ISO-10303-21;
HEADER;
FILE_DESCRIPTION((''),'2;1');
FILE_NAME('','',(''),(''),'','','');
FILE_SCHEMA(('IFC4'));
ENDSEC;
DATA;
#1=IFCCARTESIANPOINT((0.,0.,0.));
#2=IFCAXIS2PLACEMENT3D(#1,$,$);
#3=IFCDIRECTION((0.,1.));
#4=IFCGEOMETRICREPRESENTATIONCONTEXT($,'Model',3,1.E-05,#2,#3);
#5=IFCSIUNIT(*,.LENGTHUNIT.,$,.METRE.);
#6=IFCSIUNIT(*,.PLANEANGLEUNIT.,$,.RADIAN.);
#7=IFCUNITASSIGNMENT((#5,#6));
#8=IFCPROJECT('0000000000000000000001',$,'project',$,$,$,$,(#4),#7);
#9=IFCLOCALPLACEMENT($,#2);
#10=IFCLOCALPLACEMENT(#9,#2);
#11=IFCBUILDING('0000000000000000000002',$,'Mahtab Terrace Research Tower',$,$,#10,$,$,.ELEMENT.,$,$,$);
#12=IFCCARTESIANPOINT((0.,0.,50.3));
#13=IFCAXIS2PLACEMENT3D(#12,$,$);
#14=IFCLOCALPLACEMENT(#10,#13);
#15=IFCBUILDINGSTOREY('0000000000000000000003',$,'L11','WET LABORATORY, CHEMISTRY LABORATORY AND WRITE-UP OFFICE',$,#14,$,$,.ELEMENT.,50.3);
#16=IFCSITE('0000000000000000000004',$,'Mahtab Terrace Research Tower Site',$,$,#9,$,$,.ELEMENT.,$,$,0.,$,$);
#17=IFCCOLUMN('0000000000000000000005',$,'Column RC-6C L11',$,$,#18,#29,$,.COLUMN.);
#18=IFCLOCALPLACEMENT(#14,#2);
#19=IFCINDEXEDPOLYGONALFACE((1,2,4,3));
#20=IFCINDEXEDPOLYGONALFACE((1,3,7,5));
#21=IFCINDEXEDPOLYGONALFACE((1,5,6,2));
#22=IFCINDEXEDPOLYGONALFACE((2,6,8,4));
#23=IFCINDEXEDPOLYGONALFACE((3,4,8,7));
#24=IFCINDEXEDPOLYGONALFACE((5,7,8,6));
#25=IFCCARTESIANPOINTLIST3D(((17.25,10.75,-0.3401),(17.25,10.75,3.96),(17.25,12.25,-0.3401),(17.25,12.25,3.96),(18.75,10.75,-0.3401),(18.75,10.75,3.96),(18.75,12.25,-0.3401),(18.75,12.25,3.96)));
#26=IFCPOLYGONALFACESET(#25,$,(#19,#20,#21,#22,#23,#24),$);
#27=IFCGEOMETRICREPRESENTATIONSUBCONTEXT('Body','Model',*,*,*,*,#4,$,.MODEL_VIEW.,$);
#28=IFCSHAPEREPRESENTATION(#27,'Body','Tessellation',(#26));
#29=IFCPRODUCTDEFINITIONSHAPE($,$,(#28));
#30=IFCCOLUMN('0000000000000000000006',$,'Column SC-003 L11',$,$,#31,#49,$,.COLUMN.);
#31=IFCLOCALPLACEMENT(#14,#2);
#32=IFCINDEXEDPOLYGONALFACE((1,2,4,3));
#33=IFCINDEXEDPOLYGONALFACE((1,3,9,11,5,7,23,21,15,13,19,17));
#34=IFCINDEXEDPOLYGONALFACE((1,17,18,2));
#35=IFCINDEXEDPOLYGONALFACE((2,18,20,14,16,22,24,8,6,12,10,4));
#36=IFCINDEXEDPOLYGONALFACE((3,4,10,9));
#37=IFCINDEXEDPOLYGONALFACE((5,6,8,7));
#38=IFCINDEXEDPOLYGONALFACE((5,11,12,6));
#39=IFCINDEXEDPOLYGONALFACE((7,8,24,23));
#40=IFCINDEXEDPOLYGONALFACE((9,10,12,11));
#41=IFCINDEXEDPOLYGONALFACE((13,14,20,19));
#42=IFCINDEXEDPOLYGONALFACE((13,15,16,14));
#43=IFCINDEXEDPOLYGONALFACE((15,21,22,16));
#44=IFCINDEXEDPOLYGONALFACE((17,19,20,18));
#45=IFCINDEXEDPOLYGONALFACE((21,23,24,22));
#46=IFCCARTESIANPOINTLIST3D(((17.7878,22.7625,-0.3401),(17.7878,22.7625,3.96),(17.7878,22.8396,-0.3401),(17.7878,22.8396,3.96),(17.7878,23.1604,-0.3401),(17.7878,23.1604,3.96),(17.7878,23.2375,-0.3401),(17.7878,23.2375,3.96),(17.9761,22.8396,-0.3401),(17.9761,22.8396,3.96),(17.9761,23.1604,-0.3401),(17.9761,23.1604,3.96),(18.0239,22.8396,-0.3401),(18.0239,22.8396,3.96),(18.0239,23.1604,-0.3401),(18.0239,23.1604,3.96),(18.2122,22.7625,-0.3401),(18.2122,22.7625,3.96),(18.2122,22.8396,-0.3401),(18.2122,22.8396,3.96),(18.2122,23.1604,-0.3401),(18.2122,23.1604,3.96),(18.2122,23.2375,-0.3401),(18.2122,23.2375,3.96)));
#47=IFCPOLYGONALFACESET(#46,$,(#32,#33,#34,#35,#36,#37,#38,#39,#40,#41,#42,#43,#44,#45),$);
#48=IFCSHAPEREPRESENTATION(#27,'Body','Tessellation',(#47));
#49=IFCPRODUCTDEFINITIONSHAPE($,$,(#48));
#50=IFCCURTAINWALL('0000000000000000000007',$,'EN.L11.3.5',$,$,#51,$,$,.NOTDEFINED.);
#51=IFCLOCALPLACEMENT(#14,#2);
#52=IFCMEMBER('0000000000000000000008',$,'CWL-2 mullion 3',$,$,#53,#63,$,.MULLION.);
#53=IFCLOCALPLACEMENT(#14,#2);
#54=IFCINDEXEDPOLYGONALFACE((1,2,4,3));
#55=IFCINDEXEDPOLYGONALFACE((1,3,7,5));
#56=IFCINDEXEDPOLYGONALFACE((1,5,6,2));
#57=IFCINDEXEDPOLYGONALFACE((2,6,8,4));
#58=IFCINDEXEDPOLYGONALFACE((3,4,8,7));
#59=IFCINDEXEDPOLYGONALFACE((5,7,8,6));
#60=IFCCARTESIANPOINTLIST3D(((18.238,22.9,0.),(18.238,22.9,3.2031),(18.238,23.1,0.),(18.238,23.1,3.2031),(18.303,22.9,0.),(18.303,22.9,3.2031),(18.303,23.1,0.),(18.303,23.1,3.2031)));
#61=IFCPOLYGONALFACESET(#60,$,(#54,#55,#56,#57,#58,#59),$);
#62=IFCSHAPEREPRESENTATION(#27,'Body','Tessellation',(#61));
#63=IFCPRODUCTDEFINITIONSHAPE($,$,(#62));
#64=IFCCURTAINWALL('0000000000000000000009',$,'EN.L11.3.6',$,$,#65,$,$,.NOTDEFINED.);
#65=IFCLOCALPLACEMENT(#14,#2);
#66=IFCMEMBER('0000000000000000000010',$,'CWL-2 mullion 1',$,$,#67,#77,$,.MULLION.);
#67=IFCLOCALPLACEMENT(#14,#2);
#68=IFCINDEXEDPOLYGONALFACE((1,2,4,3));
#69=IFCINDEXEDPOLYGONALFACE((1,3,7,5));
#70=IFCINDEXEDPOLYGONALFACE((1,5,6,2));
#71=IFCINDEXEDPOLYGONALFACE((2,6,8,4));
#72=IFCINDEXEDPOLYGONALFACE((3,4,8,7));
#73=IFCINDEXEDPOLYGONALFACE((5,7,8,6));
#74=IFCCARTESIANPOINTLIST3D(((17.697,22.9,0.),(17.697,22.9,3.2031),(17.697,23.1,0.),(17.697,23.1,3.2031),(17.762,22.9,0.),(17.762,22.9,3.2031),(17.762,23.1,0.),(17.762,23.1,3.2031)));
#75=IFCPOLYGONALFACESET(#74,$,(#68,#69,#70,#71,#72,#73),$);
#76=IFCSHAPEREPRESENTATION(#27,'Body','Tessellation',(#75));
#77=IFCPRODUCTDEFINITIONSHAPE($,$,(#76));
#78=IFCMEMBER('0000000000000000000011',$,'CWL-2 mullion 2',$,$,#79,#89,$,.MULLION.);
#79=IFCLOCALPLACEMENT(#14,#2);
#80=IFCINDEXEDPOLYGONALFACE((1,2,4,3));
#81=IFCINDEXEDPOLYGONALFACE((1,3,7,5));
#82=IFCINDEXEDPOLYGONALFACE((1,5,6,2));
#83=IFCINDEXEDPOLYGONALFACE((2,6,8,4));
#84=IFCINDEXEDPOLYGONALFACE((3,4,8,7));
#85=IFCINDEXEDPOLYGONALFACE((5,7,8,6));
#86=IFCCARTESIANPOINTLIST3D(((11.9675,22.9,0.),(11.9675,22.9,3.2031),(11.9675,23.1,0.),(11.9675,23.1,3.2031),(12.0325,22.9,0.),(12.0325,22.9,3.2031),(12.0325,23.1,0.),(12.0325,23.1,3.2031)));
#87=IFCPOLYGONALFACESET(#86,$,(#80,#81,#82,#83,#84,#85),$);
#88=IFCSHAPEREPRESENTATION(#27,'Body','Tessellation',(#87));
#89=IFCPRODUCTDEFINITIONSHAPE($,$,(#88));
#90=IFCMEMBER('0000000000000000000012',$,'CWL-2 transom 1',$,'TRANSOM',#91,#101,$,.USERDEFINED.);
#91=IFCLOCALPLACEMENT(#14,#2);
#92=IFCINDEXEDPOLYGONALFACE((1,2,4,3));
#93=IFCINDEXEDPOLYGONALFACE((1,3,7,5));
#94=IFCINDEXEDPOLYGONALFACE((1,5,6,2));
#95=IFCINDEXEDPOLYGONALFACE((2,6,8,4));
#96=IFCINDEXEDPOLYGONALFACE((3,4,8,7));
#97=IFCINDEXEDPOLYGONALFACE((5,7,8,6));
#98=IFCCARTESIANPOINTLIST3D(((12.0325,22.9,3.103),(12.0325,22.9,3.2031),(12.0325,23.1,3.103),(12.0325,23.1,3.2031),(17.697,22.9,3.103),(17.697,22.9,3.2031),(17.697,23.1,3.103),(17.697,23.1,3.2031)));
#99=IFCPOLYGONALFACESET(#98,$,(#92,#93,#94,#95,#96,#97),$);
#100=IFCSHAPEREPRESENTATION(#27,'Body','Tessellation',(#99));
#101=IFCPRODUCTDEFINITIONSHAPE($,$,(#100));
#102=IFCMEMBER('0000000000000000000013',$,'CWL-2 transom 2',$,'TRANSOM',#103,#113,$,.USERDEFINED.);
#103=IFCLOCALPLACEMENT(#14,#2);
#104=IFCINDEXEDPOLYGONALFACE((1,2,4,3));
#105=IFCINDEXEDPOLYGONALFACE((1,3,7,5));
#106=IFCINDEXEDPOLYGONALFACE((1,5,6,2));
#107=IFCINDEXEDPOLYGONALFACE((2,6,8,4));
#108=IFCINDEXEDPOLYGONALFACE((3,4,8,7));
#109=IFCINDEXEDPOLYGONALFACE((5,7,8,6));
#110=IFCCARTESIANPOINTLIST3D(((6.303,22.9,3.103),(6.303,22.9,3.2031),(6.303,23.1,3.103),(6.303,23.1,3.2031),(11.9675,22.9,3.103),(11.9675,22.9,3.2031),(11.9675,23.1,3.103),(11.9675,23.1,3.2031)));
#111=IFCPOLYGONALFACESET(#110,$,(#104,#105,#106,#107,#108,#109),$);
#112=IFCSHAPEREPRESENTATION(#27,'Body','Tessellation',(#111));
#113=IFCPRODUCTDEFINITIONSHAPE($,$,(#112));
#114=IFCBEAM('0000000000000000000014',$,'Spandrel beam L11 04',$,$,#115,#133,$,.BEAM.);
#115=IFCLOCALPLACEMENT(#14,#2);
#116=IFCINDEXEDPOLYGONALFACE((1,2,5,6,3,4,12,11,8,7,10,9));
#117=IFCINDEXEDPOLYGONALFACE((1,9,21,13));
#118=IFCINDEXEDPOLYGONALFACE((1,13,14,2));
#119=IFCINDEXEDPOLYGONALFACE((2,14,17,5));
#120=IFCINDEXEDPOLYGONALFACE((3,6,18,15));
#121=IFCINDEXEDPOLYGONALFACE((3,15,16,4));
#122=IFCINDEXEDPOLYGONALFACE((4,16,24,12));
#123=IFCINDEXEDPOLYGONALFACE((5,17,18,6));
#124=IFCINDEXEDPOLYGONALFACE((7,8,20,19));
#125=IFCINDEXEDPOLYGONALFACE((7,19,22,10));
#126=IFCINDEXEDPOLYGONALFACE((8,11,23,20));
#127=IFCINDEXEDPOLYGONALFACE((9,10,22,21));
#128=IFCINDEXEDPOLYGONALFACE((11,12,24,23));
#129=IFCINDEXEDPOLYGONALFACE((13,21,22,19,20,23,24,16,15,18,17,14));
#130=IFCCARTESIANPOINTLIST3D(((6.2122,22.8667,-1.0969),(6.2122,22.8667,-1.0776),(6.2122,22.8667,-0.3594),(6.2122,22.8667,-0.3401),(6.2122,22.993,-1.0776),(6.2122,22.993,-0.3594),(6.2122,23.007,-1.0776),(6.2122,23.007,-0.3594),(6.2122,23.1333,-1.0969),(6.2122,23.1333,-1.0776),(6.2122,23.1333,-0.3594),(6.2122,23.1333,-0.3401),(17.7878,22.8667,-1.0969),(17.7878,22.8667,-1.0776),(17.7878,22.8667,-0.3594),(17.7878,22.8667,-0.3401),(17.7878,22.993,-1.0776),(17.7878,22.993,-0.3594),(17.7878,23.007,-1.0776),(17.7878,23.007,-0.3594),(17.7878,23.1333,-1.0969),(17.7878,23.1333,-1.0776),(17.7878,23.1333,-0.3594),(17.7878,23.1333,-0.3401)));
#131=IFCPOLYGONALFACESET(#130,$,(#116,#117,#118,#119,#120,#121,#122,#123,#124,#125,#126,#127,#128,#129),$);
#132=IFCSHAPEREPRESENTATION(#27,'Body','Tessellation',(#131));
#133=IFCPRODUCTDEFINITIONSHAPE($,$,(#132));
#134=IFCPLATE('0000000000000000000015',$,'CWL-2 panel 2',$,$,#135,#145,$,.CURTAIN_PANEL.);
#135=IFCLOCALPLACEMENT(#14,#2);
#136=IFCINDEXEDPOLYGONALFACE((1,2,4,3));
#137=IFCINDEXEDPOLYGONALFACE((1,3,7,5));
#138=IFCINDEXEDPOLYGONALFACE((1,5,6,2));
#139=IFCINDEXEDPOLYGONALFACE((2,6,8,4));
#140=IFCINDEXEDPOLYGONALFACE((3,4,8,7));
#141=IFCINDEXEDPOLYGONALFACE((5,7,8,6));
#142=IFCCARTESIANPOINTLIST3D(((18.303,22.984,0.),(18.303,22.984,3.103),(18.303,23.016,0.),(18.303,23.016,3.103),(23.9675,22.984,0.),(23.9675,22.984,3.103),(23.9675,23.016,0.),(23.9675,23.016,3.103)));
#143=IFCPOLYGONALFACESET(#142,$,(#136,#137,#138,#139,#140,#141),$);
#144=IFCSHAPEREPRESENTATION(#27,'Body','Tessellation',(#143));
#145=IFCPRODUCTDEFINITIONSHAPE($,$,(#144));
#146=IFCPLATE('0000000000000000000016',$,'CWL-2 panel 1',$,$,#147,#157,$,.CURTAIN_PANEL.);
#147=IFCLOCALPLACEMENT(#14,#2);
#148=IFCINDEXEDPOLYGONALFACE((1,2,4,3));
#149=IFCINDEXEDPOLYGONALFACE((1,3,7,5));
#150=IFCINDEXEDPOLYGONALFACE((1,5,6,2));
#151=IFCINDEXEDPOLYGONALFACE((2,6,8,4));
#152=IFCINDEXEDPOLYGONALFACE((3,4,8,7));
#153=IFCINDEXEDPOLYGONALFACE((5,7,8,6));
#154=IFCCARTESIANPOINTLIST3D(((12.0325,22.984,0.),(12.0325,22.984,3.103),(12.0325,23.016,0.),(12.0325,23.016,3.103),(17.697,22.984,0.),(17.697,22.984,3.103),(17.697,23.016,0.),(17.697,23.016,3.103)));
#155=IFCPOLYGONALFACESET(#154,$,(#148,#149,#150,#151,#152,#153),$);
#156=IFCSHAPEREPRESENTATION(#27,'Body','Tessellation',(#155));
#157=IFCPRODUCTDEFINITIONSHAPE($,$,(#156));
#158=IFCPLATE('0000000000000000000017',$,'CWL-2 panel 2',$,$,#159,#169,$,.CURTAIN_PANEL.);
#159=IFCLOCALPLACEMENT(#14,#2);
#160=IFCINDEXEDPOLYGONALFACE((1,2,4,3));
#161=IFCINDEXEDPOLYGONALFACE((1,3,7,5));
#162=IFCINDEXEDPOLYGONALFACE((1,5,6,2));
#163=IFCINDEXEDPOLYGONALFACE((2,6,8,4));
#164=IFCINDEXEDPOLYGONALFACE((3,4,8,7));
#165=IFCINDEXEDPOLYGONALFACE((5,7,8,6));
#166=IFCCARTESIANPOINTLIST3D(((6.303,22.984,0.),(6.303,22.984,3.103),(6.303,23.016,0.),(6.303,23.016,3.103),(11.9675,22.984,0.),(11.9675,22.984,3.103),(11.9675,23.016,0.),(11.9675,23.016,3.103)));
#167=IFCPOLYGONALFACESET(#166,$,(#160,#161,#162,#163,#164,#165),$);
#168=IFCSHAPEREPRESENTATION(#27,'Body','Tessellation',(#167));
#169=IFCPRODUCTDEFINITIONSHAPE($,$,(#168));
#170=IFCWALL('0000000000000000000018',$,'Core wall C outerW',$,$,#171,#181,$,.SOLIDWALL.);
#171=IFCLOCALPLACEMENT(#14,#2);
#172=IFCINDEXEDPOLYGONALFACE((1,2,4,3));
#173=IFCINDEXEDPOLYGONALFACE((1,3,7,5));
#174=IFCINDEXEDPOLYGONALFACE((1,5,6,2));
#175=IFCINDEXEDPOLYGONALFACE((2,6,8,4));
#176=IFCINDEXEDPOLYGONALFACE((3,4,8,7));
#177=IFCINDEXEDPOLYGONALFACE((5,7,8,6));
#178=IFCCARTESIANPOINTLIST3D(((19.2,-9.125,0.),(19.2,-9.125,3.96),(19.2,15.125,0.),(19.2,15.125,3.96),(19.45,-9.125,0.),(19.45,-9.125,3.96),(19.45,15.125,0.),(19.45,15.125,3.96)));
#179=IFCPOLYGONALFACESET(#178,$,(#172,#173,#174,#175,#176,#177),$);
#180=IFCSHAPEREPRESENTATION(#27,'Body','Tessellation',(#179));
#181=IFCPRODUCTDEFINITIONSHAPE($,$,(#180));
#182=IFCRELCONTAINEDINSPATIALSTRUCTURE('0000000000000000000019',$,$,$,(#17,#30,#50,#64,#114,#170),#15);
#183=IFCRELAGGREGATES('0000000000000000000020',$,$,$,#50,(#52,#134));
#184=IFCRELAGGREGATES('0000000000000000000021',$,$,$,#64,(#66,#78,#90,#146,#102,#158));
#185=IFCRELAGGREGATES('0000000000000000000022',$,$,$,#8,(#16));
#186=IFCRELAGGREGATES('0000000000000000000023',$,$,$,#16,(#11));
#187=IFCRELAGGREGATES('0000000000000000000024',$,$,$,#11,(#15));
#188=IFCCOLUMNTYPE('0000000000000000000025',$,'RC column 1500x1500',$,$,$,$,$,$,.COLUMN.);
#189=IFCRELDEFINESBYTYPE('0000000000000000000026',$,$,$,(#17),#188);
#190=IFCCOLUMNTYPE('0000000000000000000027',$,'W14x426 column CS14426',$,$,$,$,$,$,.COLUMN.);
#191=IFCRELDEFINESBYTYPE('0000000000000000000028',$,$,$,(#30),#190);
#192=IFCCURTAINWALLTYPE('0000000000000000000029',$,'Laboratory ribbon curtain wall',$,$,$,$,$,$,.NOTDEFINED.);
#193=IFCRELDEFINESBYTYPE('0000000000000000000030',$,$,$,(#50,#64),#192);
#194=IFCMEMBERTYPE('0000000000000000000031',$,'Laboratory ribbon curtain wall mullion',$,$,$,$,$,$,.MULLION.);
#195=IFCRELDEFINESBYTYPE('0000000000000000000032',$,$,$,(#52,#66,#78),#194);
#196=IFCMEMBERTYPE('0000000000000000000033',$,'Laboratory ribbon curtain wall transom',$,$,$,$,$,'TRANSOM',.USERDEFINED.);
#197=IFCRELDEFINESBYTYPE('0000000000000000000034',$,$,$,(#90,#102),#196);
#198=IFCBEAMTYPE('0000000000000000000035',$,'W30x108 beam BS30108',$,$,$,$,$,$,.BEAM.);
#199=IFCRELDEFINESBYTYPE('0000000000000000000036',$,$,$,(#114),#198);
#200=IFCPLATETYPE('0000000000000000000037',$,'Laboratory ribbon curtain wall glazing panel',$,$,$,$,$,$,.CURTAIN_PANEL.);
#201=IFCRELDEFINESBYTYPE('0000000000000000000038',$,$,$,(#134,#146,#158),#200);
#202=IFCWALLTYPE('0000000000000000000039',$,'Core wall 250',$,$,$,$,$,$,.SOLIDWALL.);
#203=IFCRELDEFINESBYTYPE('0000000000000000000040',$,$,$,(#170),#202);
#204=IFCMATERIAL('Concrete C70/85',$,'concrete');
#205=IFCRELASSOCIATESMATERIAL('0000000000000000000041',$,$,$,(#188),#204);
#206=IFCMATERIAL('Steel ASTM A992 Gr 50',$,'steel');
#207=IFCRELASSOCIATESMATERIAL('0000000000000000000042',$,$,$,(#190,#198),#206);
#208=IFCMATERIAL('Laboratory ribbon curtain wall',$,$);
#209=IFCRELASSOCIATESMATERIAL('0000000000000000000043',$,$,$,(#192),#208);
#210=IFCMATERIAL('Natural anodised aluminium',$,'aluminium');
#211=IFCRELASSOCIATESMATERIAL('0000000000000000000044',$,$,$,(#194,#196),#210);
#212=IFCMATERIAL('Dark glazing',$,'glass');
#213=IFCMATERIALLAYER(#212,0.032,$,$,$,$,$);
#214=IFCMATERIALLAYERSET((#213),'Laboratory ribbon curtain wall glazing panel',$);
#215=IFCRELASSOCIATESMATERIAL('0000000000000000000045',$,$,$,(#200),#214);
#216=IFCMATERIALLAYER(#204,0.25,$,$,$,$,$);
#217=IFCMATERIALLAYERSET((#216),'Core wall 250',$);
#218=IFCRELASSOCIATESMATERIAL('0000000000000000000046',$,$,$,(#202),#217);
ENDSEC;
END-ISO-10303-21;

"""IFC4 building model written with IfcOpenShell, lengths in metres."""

from ifc_helpers import new_model, si_unit, direction, frame, frame_2d, origin, origin_2d, place, context, subcontext, project, spatial, rectangle, i_section, extrude, material, layer, layer_set, material_profile, profile_set, type_object, element, aggregate, save


model = new_model("IFC4")

# Units and contexts
model_context = context("Model", 3, precision=1e-05, world=origin(), true_north=direction((0.0, 1.0)))
body_context = subcontext(model_context, "Body", "Model", "MODEL_VIEW")
ifc_project = project(units=[si_unit("LENGTHUNIT", "METRE"), si_unit("PLANEANGLEUNIT", "RADIAN")], contexts=[model_context])

# Site, building, storey
site_placement = place(None, origin())
site = spatial("IfcSite", under=ifc_project, at=site_placement, Name="Mahtab Terrace Research Tower Site", CompositionType="ELEMENT", RefElevation=0.0)
building_placement = place(site_placement, origin())
building = spatial("IfcBuilding", under=site, at=building_placement, Name="Mahtab Terrace Research Tower", CompositionType="ELEMENT")
storey_placement = place(building_placement, frame((0.0, 0.0, 50.3)))
storey = spatial("IfcBuildingStorey", under=building, at=storey_placement, Name="L11", Description="WET LABORATORY, CHEMISTRY LABORATORY AND WRITE-UP OFFICE", CompositionType="ELEMENT", Elevation=50.3)

# Columns
ifc_material_1 = material(Name="Concrete C70/85", Category="concrete")
ifc_material_profile_1 = material_profile(ifc_material_1, rectangle(XDim=1.5, YDim=1.5, at=origin_2d()), Name="RC column 1500x1500")
ifc_profile_set_1 = profile_set([ifc_material_profile_1], Name="Concrete C70/85")
column_type_1 = type_object("IfcColumnType", Name="RC column 1500x1500", PredefinedType="COLUMN", material=ifc_profile_set_1)
column_1_placement = place(storey_placement, frame((18.0, 11.5, -0.3401), z_axis=(0.0, 0.0, 1.0), x_axis=(1.0, 0.0, 0.0)))
element("IfcColumn", 1, at=column_1_placement, inside=storey, type_object=column_type_1, Name="Column RC-6C L11", PredefinedType="COLUMN", context=body_context, shape_type="SweptSolid", body=[
    extrude(rectangle(XDim=1.5, YDim=1.5, at=origin_2d()), origin(), (0.0, 0.0, 1.0), 4.3),
])
ifc_material_2 = material(Name="Steel ASTM A992 Gr 50", Category="steel")
ifc_material_profile_2 = material_profile(ifc_material_2, i_section(OverallWidth=0.4243, OverallDepth=0.4751, WebThickness=0.0479, FlangeThickness=0.0771, at=origin_2d()), Name="W14X426")
ifc_profile_set_2 = profile_set([ifc_material_profile_2], Name="Steel ASTM A992 Gr 50")
column_type_2 = type_object("IfcColumnType", Name="W14x426 column CS14426", PredefinedType="COLUMN", material=ifc_profile_set_2)
column_2_placement = place(storey_placement, frame((18.0, 23.0, -0.3401), z_axis=(0.0, 0.0, 1.0), x_axis=(1.0, 0.0, 0.0)))
element("IfcColumn", 2, at=column_2_placement, inside=storey, type_object=column_type_2, Name="Column SC-003 L11", PredefinedType="COLUMN", context=body_context, shape_type="SweptSolid", body=[
    extrude(i_section(OverallWidth=0.4243, OverallDepth=0.4751, WebThickness=0.0479, FlangeThickness=0.0771, at=origin_2d()), origin(), (0.0, 0.0, 1.0), 4.3),
])

# Curtain wall, member
ifc_material_3 = material(Name="Laboratory ribbon curtain wall")
curtain_wall_type = type_object("IfcCurtainWallType", Name="Laboratory ribbon curtain wall", PredefinedType="NOTDEFINED", material=ifc_material_3)
curtain_wall_1_placement = place(storey_placement, origin())
curtain_wall_1 = element("IfcCurtainWall", 3, at=curtain_wall_1_placement, inside=storey, type_object=curtain_wall_type, Name="EN.L11.3.5", PredefinedType="NOTDEFINED")
ifc_material_4 = material(Name="Natural anodised aluminium", Category="aluminium")
ifc_material_profile_3 = material_profile(ifc_material_4, rectangle(XDim=0.2, YDim=0.0649, at=origin_2d()), Name="MULLION 65x200")
ifc_profile_set_3 = profile_set([ifc_material_profile_3], Name="Natural anodised aluminium")
member_type_1 = type_object("IfcMemberType", Name="Laboratory ribbon curtain wall mullion", PredefinedType="MULLION", material=ifc_profile_set_3)
member_1_placement = place(storey_placement, frame((18.2705, 23.0, 0.0), z_axis=(0.0, 0.0, 1.0), x_axis=(0.0, -1.0, 0.0)))
member_1 = element("IfcMember", 4, at=member_1_placement, type_object=member_type_1, Name="CWL-2 mullion 3", PredefinedType="MULLION", context=body_context, shape_type="SweptSolid", body=[
    extrude(rectangle(XDim=0.2, YDim=0.0649, at=origin_2d()), origin(), (0.0, 0.0, 1.0), 3.2031),
])

# Curtain wall, members
curtain_wall_2_placement = place(storey_placement, origin())
curtain_wall_2 = element("IfcCurtainWall", 5, at=curtain_wall_2_placement, inside=storey, type_object=curtain_wall_type, Name="EN.L11.3.6", PredefinedType="NOTDEFINED")
member_2_placement = place(storey_placement, frame((17.7295, 23.0, 0.0), z_axis=(0.0, 0.0, 1.0), x_axis=(0.0, -1.0, 0.0)))
member_2 = element("IfcMember", 6, at=member_2_placement, type_object=member_type_1, Name="CWL-2 mullion 1", PredefinedType="MULLION", context=body_context, shape_type="SweptSolid", body=[
    extrude(rectangle(XDim=0.2, YDim=0.0649, at=origin_2d()), origin(), (0.0, 0.0, 1.0), 3.2031),
])
member_3_placement = place(storey_placement, frame((12.0, 23.0, 0.0), z_axis=(0.0, 0.0, 1.0), x_axis=(0.0, -1.0, 0.0)))
member_3 = element("IfcMember", 7, at=member_3_placement, type_object=member_type_1, Name="CWL-2 mullion 2", PredefinedType="MULLION", context=body_context, shape_type="SweptSolid", body=[
    extrude(rectangle(XDim=0.2, YDim=0.0649, at=origin_2d()), origin(), (0.0, 0.0, 1.0), 3.2031),
])
ifc_material_profile_4 = material_profile(ifc_material_4, rectangle(XDim=0.2, YDim=0.1001, at=origin_2d()), Name="TRANSOM 100x200")
ifc_profile_set_4 = profile_set([ifc_material_profile_4], Name="Natural anodised aluminium")
member_type_2 = type_object("IfcMemberType", Name="Laboratory ribbon curtain wall transom", ElementType="TRANSOM", PredefinedType="USERDEFINED", material=ifc_profile_set_4)
member_4_placement = place(storey_placement, frame((17.697, 23.0, 3.1531), z_axis=(-1.0, 0.0, 0.0), x_axis=(0.0, -1.0, 0.0)))
member_4 = element("IfcMember", 8, at=member_4_placement, type_object=member_type_2, Name="CWL-2 transom 1", ObjectType="TRANSOM", PredefinedType="USERDEFINED", context=body_context, shape_type="SweptSolid", body=[
    extrude(rectangle(XDim=0.2, YDim=0.1001, at=origin_2d()), origin(), (0.0, 0.0, 1.0), 5.6646),
])
member_5_placement = place(storey_placement, frame((11.9675, 23.0, 3.1531), z_axis=(-1.0, 0.0, 0.0), x_axis=(0.0, -1.0, 0.0)))
member_5 = element("IfcMember", 9, at=member_5_placement, type_object=member_type_2, Name="CWL-2 transom 2", ObjectType="TRANSOM", PredefinedType="USERDEFINED", context=body_context, shape_type="SweptSolid", body=[
    extrude(rectangle(XDim=0.2, YDim=0.1001, at=origin_2d()), origin(), (0.0, 0.0, 1.0), 5.6646),
])

# Beam
ifc_material_profile_5 = material_profile(ifc_material_2, i_section(OverallWidth=0.2666, OverallDepth=0.7568, WebThickness=0.0139, FlangeThickness=0.0193, at=origin_2d()), Name="W30X108")
ifc_profile_set_5 = profile_set([ifc_material_profile_5], Name="Steel ASTM A992 Gr 50")
beam_type = type_object("IfcBeamType", Name="W30x108 beam BS30108", PredefinedType="BEAM", material=ifc_profile_set_5)
beam_placement = place(storey_placement, frame((17.7878, 23.0, -0.7185), z_axis=(-1.0, 0.0, 0.0), x_axis=(0.0, -1.0, 0.0)))
element("IfcBeam", 10, at=beam_placement, inside=storey, type_object=beam_type, Name="Spandrel beam L11 04", PredefinedType="BEAM", context=body_context, shape_type="SweptSolid", body=[
    extrude(i_section(OverallWidth=0.2666, OverallDepth=0.7568, WebThickness=0.0139, FlangeThickness=0.0193, at=origin_2d()), origin(), (0.0, 0.0, 1.0), 11.5757),
])

# Plates
ifc_material_5 = material(Name="Dark glazing", Category="glass")
ifc_layer_1 = layer(ifc_material_5, 0.032)
ifc_layer_set_1 = layer_set([ifc_layer_1], Name="Laboratory ribbon curtain wall glazing panel")
plate_type = type_object("IfcPlateType", Name="Laboratory ribbon curtain wall glazing panel", PredefinedType="CURTAIN_PANEL", material=ifc_layer_set_1)
plate_1_placement = place(storey_placement, frame((21.1353, 23.0, 0.0), z_axis=(0.0, 0.0, 1.0), x_axis=(-1.0, 0.0, 0.0)))
plate_1 = element("IfcPlate", 11, at=plate_1_placement, type_object=plate_type, Name="CWL-2 panel 2", PredefinedType="CURTAIN_PANEL", context=body_context, shape_type="SweptSolid", body=[
    extrude(rectangle(XDim=5.6646, YDim=0.032, at=origin_2d()), origin(), (0.0, 0.0, 1.0), 3.103),
])
aggregate(curtain_wall_1, [member_1, plate_1])
plate_2_placement = place(storey_placement, frame((14.8647, 23.0, 0.0), z_axis=(0.0, 0.0, 1.0), x_axis=(-1.0, 0.0, 0.0)))
plate_2 = element("IfcPlate", 12, at=plate_2_placement, type_object=plate_type, Name="CWL-2 panel 1", PredefinedType="CURTAIN_PANEL", context=body_context, shape_type="SweptSolid", body=[
    extrude(rectangle(XDim=5.6646, YDim=0.032, at=origin_2d()), origin(), (0.0, 0.0, 1.0), 3.103),
])
plate_3_placement = place(storey_placement, frame((9.1353, 23.0, 0.0), z_axis=(0.0, 0.0, 1.0), x_axis=(-1.0, 0.0, 0.0)))
plate_3 = element("IfcPlate", 13, at=plate_3_placement, type_object=plate_type, Name="CWL-2 panel 2", PredefinedType="CURTAIN_PANEL", context=body_context, shape_type="SweptSolid", body=[
    extrude(rectangle(XDim=5.6646, YDim=0.032, at=origin_2d()), origin(), (0.0, 0.0, 1.0), 3.103),
])
aggregate(curtain_wall_2, [member_2, member_3, member_4, plate_2, member_5, plate_3])

# Wall
ifc_layer_2 = layer(ifc_material_1, 0.25)
ifc_layer_set_2 = layer_set([ifc_layer_2], Name="Core wall 250")
wall_type_1 = type_object("IfcWallType", Name="Core wall 250", PredefinedType="SOLIDWALL", material=ifc_layer_set_2)
wall_1_placement = place(storey_placement, frame((19.325, 15.125, 0.0), z_axis=(0.0, 0.0, 1.0), x_axis=(0.0, -1.0, 0.0)))
element("IfcWall", 14, at=wall_1_placement, inside=storey, type_object=wall_type_1, Name="Core wall C outerW", PredefinedType="SOLIDWALL", context=body_context, shape_type="SweptSolid", body=[
    extrude(rectangle(XDim=24.25, YDim=0.25, at=frame_2d((12.125, 0.0))), origin(), (0.0, 0.0, 1.0), 3.96),
])

save(model, "model.ifc")
